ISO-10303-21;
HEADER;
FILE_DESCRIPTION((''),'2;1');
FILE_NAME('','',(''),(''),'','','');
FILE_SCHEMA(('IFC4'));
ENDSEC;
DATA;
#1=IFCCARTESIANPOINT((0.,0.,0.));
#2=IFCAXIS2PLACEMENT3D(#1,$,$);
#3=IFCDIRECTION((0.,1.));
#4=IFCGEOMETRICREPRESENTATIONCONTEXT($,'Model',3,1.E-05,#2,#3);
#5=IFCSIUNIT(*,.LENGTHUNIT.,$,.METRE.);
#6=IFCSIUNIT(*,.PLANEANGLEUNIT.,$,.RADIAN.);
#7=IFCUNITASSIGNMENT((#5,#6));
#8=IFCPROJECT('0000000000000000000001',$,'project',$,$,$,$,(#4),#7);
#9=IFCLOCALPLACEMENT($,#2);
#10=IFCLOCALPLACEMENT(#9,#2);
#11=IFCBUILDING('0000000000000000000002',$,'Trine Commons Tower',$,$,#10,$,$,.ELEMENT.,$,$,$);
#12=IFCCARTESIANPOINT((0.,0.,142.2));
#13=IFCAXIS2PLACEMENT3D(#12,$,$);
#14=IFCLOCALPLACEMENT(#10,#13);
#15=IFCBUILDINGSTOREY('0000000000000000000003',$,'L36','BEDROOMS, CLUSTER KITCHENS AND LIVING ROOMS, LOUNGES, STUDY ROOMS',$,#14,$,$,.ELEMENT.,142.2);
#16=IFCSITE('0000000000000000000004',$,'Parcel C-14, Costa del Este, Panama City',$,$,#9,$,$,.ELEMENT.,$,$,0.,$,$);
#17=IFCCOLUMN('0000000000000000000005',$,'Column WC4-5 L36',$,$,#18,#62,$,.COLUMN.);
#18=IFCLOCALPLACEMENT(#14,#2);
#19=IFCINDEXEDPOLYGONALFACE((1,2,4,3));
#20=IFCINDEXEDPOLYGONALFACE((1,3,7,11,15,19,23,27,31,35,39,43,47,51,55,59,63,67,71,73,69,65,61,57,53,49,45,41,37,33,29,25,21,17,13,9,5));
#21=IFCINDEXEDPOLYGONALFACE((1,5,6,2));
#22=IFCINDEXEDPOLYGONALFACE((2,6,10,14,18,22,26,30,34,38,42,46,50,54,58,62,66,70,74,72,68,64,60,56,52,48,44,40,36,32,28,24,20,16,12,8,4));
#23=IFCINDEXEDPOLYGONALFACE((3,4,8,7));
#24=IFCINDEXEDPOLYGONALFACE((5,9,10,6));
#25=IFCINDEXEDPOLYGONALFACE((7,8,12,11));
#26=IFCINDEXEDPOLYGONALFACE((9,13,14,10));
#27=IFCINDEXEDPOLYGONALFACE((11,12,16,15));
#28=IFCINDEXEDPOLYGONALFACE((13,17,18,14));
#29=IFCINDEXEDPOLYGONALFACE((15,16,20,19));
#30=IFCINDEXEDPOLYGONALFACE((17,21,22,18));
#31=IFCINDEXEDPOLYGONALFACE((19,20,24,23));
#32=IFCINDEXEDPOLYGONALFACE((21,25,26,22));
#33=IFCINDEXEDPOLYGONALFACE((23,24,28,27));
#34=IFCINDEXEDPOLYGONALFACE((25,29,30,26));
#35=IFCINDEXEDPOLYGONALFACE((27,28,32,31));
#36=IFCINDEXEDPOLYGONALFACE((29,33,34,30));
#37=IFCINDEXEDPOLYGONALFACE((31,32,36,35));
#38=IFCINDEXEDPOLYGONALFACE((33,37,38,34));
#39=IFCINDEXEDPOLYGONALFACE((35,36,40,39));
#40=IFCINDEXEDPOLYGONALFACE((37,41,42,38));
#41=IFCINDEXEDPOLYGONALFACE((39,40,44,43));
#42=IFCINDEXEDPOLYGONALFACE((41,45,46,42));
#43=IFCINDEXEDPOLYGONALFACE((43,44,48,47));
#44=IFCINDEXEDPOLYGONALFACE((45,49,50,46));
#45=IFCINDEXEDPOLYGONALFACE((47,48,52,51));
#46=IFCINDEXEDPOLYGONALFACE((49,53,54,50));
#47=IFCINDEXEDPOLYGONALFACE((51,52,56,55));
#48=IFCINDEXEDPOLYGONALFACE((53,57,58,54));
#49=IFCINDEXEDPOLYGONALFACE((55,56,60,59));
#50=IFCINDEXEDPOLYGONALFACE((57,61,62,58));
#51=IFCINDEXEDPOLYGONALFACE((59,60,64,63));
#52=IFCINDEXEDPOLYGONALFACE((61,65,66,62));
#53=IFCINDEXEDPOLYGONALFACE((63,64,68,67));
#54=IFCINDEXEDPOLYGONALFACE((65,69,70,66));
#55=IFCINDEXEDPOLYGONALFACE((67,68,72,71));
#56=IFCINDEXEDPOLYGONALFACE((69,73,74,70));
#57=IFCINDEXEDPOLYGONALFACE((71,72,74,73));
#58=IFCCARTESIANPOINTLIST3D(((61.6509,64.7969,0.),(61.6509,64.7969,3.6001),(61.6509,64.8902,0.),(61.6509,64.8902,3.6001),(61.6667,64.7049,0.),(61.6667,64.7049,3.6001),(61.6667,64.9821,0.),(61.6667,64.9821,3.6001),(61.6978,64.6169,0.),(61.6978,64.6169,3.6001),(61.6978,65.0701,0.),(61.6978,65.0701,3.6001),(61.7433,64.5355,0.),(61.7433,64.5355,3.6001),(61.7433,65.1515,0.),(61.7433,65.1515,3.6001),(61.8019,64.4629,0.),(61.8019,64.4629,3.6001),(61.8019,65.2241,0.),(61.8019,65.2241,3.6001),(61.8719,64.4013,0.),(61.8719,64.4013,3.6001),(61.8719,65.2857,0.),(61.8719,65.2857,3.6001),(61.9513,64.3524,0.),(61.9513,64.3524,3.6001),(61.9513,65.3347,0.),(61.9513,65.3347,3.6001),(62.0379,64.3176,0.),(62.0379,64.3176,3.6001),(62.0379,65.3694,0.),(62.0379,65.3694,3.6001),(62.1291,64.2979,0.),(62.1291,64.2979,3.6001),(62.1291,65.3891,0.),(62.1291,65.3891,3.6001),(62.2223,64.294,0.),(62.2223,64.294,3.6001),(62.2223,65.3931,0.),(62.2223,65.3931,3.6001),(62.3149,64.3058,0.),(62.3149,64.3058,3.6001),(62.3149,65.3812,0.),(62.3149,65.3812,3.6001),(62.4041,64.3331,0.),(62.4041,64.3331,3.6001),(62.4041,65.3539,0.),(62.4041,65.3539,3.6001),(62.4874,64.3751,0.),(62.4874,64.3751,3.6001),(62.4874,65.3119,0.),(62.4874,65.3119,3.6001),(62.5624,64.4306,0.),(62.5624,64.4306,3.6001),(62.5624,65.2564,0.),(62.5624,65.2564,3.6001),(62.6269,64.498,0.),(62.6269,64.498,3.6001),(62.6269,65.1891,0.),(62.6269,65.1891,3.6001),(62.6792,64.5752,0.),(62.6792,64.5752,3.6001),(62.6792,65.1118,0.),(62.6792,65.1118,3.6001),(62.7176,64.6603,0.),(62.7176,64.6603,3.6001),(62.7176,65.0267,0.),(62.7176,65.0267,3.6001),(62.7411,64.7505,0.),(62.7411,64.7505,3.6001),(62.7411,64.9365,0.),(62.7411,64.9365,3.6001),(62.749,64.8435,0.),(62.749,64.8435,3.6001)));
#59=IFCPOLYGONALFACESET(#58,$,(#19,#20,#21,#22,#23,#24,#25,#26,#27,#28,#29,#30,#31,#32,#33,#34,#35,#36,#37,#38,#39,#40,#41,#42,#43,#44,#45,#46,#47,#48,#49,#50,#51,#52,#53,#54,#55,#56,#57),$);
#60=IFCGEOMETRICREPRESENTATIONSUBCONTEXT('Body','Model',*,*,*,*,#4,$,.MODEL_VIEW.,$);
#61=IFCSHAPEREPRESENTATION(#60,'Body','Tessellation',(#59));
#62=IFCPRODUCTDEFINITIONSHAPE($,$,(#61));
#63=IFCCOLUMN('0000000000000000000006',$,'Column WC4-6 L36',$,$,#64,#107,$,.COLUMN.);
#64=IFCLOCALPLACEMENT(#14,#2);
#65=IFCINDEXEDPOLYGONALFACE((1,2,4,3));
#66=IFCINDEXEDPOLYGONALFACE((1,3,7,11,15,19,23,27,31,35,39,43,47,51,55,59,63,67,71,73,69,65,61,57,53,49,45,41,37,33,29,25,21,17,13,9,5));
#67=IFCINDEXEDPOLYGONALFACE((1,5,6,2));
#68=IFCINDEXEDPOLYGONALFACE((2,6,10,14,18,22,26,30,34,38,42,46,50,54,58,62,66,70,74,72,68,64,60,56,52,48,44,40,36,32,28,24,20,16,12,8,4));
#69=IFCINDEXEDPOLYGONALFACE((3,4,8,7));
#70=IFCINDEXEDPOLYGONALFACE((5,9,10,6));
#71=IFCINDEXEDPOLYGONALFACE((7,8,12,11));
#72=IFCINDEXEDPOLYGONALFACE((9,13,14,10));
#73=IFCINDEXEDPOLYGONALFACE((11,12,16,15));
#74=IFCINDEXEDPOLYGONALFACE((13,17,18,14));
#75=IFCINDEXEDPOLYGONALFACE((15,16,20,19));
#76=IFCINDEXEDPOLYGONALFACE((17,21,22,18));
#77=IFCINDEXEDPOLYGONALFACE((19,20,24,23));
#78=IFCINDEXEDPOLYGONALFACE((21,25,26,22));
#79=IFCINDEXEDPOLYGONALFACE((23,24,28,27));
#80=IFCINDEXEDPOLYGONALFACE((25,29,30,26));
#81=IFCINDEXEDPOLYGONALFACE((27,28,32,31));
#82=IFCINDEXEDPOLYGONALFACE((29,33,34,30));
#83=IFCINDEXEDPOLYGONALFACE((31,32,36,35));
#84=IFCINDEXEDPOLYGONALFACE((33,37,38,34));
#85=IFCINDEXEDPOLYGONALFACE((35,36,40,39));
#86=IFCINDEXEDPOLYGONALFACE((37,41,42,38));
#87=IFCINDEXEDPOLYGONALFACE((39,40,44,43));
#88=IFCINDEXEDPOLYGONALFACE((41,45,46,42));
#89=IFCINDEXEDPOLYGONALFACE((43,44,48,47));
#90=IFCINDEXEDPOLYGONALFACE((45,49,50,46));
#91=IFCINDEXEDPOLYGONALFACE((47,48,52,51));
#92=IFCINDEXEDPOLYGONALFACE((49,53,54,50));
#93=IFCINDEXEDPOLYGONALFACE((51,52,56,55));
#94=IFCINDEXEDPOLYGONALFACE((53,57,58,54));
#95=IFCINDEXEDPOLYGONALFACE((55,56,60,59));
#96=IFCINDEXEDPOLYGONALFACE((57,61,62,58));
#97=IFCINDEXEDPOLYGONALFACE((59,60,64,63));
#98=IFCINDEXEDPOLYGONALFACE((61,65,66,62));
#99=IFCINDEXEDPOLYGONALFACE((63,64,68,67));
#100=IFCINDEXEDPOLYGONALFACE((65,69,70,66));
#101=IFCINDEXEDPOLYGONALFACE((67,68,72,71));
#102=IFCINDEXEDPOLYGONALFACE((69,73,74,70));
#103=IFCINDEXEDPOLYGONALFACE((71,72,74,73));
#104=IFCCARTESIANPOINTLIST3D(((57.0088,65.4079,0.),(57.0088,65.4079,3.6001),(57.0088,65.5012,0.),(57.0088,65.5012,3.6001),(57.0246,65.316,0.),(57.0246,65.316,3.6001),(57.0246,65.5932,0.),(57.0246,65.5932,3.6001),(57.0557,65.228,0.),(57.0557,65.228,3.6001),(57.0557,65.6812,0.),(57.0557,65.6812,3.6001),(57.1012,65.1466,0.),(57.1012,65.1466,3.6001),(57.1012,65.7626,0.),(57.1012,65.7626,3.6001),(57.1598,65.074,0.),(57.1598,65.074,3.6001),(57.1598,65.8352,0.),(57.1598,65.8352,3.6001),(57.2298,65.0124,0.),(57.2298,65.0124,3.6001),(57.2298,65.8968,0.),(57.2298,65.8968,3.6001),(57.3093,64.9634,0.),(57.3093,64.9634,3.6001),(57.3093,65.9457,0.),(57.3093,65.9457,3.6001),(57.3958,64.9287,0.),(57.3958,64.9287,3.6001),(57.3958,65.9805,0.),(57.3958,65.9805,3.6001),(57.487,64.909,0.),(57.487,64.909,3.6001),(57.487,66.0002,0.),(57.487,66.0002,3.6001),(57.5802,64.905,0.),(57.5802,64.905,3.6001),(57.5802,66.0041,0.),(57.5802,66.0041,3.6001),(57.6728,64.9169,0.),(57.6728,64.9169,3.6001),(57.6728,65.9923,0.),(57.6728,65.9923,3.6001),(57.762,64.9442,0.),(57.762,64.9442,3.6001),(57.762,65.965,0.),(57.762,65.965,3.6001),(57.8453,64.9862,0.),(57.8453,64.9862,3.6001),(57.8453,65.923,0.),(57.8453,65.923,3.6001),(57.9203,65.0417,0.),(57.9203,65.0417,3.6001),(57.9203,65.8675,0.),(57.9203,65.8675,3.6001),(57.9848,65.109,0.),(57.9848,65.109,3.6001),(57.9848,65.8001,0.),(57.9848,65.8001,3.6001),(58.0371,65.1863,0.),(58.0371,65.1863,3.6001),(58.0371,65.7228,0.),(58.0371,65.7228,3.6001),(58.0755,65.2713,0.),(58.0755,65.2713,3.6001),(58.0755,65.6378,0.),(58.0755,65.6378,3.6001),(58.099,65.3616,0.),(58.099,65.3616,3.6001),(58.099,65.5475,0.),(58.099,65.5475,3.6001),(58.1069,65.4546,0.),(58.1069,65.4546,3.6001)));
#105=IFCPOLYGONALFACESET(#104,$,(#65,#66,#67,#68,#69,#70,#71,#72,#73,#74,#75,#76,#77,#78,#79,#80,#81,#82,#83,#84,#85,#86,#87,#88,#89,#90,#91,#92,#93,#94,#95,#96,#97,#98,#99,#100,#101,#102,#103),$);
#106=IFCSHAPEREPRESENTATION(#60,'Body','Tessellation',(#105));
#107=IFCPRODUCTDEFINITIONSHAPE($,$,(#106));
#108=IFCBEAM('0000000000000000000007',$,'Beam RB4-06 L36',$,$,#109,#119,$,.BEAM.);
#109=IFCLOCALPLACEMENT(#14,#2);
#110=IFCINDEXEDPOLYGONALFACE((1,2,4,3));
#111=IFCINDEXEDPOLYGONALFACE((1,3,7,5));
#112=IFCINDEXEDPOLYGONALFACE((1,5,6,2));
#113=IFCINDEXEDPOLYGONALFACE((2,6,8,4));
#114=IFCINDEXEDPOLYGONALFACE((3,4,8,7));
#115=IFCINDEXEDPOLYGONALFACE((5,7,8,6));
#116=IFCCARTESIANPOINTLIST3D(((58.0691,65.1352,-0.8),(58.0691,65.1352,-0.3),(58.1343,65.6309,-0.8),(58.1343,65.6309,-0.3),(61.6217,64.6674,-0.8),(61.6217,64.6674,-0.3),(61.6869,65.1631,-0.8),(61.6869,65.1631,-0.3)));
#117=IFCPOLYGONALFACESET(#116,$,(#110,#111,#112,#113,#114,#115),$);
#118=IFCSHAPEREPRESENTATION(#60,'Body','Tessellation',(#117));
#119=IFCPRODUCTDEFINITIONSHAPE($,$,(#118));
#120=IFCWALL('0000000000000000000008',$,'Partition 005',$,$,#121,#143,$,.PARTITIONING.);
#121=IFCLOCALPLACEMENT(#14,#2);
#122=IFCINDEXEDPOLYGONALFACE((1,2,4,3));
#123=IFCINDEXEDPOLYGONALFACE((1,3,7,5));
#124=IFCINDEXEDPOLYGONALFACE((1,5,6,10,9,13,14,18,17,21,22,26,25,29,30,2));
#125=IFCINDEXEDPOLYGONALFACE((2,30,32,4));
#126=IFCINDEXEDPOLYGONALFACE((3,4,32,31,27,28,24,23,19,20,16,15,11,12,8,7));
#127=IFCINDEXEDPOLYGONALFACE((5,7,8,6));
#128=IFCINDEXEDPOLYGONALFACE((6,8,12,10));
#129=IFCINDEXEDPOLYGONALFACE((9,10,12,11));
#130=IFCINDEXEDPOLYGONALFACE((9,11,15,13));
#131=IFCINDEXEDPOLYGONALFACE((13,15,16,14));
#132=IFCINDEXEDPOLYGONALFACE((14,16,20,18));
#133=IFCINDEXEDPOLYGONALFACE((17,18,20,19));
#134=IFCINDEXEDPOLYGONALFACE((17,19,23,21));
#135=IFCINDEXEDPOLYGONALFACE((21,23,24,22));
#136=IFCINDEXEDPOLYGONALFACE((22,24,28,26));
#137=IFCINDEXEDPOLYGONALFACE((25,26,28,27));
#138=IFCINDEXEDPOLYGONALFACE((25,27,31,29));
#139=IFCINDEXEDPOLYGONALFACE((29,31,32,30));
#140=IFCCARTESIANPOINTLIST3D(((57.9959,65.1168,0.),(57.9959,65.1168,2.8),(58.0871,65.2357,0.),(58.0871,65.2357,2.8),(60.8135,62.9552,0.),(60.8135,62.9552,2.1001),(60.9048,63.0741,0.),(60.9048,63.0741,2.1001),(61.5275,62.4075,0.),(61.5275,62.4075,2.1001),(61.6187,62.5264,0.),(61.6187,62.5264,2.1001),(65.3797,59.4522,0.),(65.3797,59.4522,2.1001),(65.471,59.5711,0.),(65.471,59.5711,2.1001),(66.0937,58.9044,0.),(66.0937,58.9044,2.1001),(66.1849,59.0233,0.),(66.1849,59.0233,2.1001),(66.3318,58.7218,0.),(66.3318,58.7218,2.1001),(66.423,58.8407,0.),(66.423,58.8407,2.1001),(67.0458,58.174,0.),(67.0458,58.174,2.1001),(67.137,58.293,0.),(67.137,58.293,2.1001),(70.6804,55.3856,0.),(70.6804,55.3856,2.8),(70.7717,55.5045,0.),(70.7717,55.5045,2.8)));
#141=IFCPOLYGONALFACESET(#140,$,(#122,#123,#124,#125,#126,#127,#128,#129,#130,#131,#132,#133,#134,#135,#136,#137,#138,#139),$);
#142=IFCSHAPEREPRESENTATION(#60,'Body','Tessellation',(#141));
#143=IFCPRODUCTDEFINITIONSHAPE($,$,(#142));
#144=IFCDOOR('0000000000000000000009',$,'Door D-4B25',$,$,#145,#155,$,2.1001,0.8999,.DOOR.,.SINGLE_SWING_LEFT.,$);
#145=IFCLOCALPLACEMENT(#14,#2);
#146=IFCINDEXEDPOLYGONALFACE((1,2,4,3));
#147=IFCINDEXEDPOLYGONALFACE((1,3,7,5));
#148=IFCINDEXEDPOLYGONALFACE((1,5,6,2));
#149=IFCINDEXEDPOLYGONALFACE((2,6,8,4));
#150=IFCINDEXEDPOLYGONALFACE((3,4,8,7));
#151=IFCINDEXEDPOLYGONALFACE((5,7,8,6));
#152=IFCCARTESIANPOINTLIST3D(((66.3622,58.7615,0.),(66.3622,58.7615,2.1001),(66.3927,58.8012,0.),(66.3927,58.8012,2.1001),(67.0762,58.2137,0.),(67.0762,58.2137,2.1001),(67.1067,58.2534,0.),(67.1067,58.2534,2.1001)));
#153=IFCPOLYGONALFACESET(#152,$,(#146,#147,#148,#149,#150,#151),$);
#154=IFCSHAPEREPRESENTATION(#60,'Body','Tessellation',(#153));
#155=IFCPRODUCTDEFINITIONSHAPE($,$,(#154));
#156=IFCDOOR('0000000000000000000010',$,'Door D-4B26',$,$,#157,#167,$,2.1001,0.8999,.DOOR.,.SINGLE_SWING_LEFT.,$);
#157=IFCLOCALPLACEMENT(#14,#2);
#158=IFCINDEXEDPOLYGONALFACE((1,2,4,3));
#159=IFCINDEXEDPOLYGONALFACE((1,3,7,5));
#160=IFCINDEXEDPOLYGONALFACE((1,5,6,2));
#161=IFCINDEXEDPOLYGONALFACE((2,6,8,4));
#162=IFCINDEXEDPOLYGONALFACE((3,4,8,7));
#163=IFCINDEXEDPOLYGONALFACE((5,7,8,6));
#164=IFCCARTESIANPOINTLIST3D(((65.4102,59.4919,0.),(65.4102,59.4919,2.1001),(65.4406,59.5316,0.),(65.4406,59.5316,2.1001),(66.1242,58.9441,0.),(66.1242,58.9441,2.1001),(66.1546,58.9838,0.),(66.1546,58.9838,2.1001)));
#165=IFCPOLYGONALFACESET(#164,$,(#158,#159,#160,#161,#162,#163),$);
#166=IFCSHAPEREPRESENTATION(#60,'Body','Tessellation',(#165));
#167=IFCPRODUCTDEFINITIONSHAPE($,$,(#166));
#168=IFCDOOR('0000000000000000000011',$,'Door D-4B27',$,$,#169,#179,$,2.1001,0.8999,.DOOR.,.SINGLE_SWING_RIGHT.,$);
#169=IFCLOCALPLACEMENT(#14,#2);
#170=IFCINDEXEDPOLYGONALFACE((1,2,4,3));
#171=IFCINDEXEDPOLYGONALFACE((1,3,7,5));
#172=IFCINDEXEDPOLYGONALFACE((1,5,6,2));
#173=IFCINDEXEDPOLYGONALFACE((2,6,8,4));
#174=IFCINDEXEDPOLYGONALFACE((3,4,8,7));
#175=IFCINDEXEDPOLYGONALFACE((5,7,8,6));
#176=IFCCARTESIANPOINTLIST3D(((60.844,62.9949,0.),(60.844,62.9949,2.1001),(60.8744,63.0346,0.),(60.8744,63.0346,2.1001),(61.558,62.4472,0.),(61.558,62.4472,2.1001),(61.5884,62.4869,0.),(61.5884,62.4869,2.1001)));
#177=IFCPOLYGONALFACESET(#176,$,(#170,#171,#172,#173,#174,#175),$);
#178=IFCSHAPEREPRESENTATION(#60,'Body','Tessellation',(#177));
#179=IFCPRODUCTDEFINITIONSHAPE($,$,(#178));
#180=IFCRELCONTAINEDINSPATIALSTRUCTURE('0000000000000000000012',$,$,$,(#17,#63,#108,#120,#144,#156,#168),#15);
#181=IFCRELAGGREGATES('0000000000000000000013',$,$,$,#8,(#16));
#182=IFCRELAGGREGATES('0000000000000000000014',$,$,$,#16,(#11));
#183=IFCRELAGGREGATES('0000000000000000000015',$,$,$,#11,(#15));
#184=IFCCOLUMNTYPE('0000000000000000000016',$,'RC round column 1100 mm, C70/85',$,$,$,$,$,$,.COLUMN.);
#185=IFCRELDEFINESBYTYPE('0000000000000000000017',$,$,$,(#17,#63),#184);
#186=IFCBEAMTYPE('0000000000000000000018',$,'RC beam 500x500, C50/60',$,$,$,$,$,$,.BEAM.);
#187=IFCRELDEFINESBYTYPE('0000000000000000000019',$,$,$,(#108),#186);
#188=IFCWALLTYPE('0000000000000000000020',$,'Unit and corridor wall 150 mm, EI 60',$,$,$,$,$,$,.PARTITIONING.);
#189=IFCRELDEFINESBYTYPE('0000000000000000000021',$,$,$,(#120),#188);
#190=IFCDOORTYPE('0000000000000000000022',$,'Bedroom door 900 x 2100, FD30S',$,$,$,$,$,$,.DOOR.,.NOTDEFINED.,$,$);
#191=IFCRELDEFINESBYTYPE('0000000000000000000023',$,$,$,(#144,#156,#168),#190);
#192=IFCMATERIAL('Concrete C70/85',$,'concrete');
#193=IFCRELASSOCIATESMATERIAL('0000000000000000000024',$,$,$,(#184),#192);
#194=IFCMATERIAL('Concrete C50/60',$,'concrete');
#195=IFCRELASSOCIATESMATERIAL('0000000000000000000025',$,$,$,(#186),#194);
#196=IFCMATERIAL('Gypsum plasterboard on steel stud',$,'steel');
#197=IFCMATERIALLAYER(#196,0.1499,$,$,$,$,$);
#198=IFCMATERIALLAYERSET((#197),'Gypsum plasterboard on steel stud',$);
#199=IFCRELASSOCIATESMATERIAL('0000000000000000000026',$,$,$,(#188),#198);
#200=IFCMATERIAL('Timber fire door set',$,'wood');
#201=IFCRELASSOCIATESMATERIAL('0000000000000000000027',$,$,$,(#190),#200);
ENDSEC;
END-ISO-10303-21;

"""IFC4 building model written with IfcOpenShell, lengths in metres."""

from ifc_helpers import new_model, si_unit, direction, frame, frame_2d, origin, origin_2d, place, context, subcontext, project, spatial, rectangle, circle, extrude, material, layer, layer_set, material_profile, profile_set, type_object, element, fill, save


model = new_model("IFC4")

# Units and contexts
model_context = context("Model", 3, precision=1e-05, world=origin(), true_north=direction((0.0, 1.0)))
body_context = subcontext(model_context, "Body", "Model", "MODEL_VIEW")
ifc_project = project(units=[si_unit("LENGTHUNIT", "METRE"), si_unit("PLANEANGLEUNIT", "RADIAN")], contexts=[model_context])

# Site, building, storey
site_placement = place(None, origin())
site = spatial("IfcSite", under=ifc_project, at=site_placement, Name="Parcel C-14, Costa del Este, Panama City", CompositionType="ELEMENT", RefElevation=0.0)
building_placement = place(site_placement, origin())
building = spatial("IfcBuilding", under=site, at=building_placement, Name="Trine Commons Tower", CompositionType="ELEMENT")
storey_placement = place(building_placement, frame((0.0, 0.0, 142.2)))
storey = spatial("IfcBuildingStorey", under=building, at=storey_placement, Name="L36", Description="BEDROOMS, CLUSTER KITCHENS AND LIVING ROOMS, LOUNGES, STUDY ROOMS", CompositionType="ELEMENT", Elevation=142.2)

# Columns
ifc_material_1 = material(Name="Concrete C70/85", Category="concrete")
ifc_material_profile_1 = material_profile(ifc_material_1, circle(Radius=0.55, at=origin_2d()), Name="RC round 1100")
ifc_profile_set_1 = profile_set([ifc_material_profile_1], Name="Concrete C70/85")
column_type = type_object("IfcColumnType", Name="RC round column 1100 mm, C70/85", PredefinedType="COLUMN", material=ifc_profile_set_1)
for number, where, z_axis, x_axis, name in (
    (1, (62.199, 64.8435, 0.0), (0.0, 0.0, 1.0), (1.0, 0.0, 0.0), "Column WC4-5 L36"),
    (2, (57.5569, 65.4546, 0.0), (0.0, 0.0, 1.0), (1.0, 0.0, 0.0), "Column WC4-6 L36"),
):
    element("IfcColumn", number, at=place(storey_placement, frame(where, z_axis=z_axis, x_axis=x_axis)), inside=storey, type_object=column_type, Name=name, PredefinedType="COLUMN", context=body_context, shape_type="SweptSolid", body=[
        extrude(circle(Radius=0.55, at=origin_2d()), origin(), (0.0, 0.0, 1.0), 3.6001),
    ])

# Beam
ifc_material_2 = material(Name="Concrete C50/60", Category="concrete")
ifc_material_profile_2 = material_profile(ifc_material_2, rectangle(XDim=0.5, YDim=0.5, at=origin_2d()), Name="RC 500x500")
ifc_profile_set_2 = profile_set([ifc_material_profile_2], Name="Concrete C50/60")
beam_type = type_object("IfcBeamType", Name="RC beam 500x500, C50/60", PredefinedType="BEAM", material=ifc_profile_set_2)
beam_placement = place(storey_placement, frame((61.6543, 64.9153, -0.55), z_axis=(-0.991442, 0.130548, 0.0), x_axis=(-0.130548, -0.991442, 0.0)))
element("IfcBeam", 3, at=beam_placement, inside=storey, type_object=beam_type, Name="Beam RB4-06 L36", PredefinedType="BEAM", context=body_context, shape_type="SweptSolid", body=[
    extrude(rectangle(XDim=0.5, YDim=0.5, at=origin_2d()), origin(), (0.0, 0.0, 1.0), 3.5833),
])

# Wall, openings, doors
ifc_material_3 = material(Name="Gypsum plasterboard on steel stud", Category="steel")
ifc_layer_1 = layer(ifc_material_3, 0.1499)
ifc_layer_set_1 = layer_set([ifc_layer_1], Name="Gypsum plasterboard on steel stud")
wall_type_1 = type_object("IfcWallType", Name="Unit and corridor wall 150 mm, EI 60", PredefinedType="PARTITIONING", material=ifc_layer_set_1)
wall_1_placement = place(storey_placement, frame((58.0415, 65.1763, 0.0), z_axis=(0.0, 0.0, 1.0), x_axis=(0.793414, -0.608682, 0.0)))
wall_1 = element("IfcWall", 4, at=wall_1_placement, inside=storey, type_object=wall_type_1, Name="Partition 005", PredefinedType="PARTITIONING", context=body_context, shape_type="SweptSolid", body=[
    extrude(rectangle(XDim=15.9873, YDim=0.1499, at=frame_2d((7.9937, 0.0))), origin(), (0.0, 0.0, 1.0), 2.8),
])
opening_1_placement = place(wall_1_placement, frame((10.5063, 0.0, 0.0)))
opening_1 = element("IfcOpeningElement", 5, at=opening_1_placement, cuts=wall_1, PredefinedType="OPENING", context=body_context, shape_type="SweptSolid", body=[
    extrude(rectangle(XDim=0.8999, YDim=2.1001, at=frame_2d((0.45, 1.05))), frame((0.0, 0.085, 0.0), z_axis=(0.0, -1.0, 0.0), x_axis=(1.0, 0.0, 0.0)), (0.0, 0.0, 1.0), 0.1699),
])
opening_2_placement = place(wall_1_placement, frame((9.3064, 0.0, 0.0)))
opening_2 = element("IfcOpeningElement", 6, at=opening_2_placement, cuts=wall_1, PredefinedType="OPENING", context=body_context, shape_type="SweptSolid", body=[
    extrude(rectangle(XDim=0.8999, YDim=2.1001, at=frame_2d((0.45, 1.05))), frame((0.0, 0.085, 0.0), z_axis=(0.0, -1.0, 0.0), x_axis=(1.0, 0.0, 0.0)), (0.0, 0.0, 1.0), 0.1699),
])
opening_3_placement = place(wall_1_placement, frame((3.5513, 0.0, 0.0)))
opening_3 = element("IfcOpeningElement", 7, at=opening_3_placement, cuts=wall_1, PredefinedType="OPENING", context=body_context, shape_type="SweptSolid", body=[
    extrude(rectangle(XDim=0.8999, YDim=2.1001, at=frame_2d((0.45, 1.05))), frame((0.0, 0.085, 0.0), z_axis=(0.0, -1.0, 0.0), x_axis=(1.0, 0.0, 0.0)), (0.0, 0.0, 1.0), 0.1699),
])
ifc_material_4 = material(Name="Timber fire door set", Category="wood")
door_type_1 = type_object("IfcDoorType", Name="Bedroom door 900 x 2100, FD30S", OperationType="NOTDEFINED", PredefinedType="DOOR", material=ifc_material_4)
door_1_placement = place(opening_1_placement, frame((0.8999, 0.0, 0.0), z_axis=(0.0, 0.0, 1.0), x_axis=(-1.0, 0.0, 0.0)))
door_1 = element("IfcDoor", 8, at=door_1_placement, inside=storey, type_object=door_type_1, Name="Door D-4B25", OperationType="SINGLE_SWING_LEFT", OverallHeight=2.1001, OverallWidth=0.8999, PredefinedType="DOOR", context=body_context, shape_type="SweptSolid", body=[
    extrude(rectangle(XDim=0.8999, YDim=2.1001, at=frame_2d((0.45, 1.05))), frame((0.0, 0.0249, 0.0), z_axis=(0.0, -1.0, 0.0), x_axis=(1.0, 0.0, 0.0)), (0.0, 0.0, 1.0), 0.05),
])
fill(opening_1, door_1)
door_2_placement = place(opening_2_placement, frame((0.8999, 0.0, 0.0), z_axis=(0.0, 0.0, 1.0), x_axis=(-1.0, 0.0, 0.0)))
door_2 = element("IfcDoor", 9, at=door_2_placement, inside=storey, type_object=door_type_1, Name="Door D-4B26", OperationType="SINGLE_SWING_LEFT", OverallHeight=2.1001, OverallWidth=0.8999, PredefinedType="DOOR", context=body_context, shape_type="SweptSolid", body=[
    extrude(rectangle(XDim=0.8999, YDim=2.1001, at=frame_2d((0.45, 1.05))), frame((0.0, 0.0249, 0.0), z_axis=(0.0, -1.0, 0.0), x_axis=(1.0, 0.0, 0.0)), (0.0, 0.0, 1.0), 0.05),
])
fill(opening_2, door_2)
door_3_placement = place(opening_3_placement, frame((0.8999, 0.0, 0.0), z_axis=(0.0, 0.0, 1.0), x_axis=(-1.0, 0.0, 0.0)))
door_3 = element("IfcDoor", 10, at=door_3_placement, inside=storey, type_object=door_type_1, Name="Door D-4B27", OperationType="SINGLE_SWING_RIGHT", OverallHeight=2.1001, OverallWidth=0.8999, PredefinedType="DOOR", context=body_context, shape_type="SweptSolid", body=[
    extrude(rectangle(XDim=0.8999, YDim=2.1001, at=frame_2d((0.45, 1.05))), frame((0.0, 0.0249, 0.0), z_axis=(0.0, -1.0, 0.0), x_axis=(1.0, 0.0, 0.0)), (0.0, 0.0, 1.0), 0.05),
])
fill(opening_3, door_3)

save(model, "model.ifc")
